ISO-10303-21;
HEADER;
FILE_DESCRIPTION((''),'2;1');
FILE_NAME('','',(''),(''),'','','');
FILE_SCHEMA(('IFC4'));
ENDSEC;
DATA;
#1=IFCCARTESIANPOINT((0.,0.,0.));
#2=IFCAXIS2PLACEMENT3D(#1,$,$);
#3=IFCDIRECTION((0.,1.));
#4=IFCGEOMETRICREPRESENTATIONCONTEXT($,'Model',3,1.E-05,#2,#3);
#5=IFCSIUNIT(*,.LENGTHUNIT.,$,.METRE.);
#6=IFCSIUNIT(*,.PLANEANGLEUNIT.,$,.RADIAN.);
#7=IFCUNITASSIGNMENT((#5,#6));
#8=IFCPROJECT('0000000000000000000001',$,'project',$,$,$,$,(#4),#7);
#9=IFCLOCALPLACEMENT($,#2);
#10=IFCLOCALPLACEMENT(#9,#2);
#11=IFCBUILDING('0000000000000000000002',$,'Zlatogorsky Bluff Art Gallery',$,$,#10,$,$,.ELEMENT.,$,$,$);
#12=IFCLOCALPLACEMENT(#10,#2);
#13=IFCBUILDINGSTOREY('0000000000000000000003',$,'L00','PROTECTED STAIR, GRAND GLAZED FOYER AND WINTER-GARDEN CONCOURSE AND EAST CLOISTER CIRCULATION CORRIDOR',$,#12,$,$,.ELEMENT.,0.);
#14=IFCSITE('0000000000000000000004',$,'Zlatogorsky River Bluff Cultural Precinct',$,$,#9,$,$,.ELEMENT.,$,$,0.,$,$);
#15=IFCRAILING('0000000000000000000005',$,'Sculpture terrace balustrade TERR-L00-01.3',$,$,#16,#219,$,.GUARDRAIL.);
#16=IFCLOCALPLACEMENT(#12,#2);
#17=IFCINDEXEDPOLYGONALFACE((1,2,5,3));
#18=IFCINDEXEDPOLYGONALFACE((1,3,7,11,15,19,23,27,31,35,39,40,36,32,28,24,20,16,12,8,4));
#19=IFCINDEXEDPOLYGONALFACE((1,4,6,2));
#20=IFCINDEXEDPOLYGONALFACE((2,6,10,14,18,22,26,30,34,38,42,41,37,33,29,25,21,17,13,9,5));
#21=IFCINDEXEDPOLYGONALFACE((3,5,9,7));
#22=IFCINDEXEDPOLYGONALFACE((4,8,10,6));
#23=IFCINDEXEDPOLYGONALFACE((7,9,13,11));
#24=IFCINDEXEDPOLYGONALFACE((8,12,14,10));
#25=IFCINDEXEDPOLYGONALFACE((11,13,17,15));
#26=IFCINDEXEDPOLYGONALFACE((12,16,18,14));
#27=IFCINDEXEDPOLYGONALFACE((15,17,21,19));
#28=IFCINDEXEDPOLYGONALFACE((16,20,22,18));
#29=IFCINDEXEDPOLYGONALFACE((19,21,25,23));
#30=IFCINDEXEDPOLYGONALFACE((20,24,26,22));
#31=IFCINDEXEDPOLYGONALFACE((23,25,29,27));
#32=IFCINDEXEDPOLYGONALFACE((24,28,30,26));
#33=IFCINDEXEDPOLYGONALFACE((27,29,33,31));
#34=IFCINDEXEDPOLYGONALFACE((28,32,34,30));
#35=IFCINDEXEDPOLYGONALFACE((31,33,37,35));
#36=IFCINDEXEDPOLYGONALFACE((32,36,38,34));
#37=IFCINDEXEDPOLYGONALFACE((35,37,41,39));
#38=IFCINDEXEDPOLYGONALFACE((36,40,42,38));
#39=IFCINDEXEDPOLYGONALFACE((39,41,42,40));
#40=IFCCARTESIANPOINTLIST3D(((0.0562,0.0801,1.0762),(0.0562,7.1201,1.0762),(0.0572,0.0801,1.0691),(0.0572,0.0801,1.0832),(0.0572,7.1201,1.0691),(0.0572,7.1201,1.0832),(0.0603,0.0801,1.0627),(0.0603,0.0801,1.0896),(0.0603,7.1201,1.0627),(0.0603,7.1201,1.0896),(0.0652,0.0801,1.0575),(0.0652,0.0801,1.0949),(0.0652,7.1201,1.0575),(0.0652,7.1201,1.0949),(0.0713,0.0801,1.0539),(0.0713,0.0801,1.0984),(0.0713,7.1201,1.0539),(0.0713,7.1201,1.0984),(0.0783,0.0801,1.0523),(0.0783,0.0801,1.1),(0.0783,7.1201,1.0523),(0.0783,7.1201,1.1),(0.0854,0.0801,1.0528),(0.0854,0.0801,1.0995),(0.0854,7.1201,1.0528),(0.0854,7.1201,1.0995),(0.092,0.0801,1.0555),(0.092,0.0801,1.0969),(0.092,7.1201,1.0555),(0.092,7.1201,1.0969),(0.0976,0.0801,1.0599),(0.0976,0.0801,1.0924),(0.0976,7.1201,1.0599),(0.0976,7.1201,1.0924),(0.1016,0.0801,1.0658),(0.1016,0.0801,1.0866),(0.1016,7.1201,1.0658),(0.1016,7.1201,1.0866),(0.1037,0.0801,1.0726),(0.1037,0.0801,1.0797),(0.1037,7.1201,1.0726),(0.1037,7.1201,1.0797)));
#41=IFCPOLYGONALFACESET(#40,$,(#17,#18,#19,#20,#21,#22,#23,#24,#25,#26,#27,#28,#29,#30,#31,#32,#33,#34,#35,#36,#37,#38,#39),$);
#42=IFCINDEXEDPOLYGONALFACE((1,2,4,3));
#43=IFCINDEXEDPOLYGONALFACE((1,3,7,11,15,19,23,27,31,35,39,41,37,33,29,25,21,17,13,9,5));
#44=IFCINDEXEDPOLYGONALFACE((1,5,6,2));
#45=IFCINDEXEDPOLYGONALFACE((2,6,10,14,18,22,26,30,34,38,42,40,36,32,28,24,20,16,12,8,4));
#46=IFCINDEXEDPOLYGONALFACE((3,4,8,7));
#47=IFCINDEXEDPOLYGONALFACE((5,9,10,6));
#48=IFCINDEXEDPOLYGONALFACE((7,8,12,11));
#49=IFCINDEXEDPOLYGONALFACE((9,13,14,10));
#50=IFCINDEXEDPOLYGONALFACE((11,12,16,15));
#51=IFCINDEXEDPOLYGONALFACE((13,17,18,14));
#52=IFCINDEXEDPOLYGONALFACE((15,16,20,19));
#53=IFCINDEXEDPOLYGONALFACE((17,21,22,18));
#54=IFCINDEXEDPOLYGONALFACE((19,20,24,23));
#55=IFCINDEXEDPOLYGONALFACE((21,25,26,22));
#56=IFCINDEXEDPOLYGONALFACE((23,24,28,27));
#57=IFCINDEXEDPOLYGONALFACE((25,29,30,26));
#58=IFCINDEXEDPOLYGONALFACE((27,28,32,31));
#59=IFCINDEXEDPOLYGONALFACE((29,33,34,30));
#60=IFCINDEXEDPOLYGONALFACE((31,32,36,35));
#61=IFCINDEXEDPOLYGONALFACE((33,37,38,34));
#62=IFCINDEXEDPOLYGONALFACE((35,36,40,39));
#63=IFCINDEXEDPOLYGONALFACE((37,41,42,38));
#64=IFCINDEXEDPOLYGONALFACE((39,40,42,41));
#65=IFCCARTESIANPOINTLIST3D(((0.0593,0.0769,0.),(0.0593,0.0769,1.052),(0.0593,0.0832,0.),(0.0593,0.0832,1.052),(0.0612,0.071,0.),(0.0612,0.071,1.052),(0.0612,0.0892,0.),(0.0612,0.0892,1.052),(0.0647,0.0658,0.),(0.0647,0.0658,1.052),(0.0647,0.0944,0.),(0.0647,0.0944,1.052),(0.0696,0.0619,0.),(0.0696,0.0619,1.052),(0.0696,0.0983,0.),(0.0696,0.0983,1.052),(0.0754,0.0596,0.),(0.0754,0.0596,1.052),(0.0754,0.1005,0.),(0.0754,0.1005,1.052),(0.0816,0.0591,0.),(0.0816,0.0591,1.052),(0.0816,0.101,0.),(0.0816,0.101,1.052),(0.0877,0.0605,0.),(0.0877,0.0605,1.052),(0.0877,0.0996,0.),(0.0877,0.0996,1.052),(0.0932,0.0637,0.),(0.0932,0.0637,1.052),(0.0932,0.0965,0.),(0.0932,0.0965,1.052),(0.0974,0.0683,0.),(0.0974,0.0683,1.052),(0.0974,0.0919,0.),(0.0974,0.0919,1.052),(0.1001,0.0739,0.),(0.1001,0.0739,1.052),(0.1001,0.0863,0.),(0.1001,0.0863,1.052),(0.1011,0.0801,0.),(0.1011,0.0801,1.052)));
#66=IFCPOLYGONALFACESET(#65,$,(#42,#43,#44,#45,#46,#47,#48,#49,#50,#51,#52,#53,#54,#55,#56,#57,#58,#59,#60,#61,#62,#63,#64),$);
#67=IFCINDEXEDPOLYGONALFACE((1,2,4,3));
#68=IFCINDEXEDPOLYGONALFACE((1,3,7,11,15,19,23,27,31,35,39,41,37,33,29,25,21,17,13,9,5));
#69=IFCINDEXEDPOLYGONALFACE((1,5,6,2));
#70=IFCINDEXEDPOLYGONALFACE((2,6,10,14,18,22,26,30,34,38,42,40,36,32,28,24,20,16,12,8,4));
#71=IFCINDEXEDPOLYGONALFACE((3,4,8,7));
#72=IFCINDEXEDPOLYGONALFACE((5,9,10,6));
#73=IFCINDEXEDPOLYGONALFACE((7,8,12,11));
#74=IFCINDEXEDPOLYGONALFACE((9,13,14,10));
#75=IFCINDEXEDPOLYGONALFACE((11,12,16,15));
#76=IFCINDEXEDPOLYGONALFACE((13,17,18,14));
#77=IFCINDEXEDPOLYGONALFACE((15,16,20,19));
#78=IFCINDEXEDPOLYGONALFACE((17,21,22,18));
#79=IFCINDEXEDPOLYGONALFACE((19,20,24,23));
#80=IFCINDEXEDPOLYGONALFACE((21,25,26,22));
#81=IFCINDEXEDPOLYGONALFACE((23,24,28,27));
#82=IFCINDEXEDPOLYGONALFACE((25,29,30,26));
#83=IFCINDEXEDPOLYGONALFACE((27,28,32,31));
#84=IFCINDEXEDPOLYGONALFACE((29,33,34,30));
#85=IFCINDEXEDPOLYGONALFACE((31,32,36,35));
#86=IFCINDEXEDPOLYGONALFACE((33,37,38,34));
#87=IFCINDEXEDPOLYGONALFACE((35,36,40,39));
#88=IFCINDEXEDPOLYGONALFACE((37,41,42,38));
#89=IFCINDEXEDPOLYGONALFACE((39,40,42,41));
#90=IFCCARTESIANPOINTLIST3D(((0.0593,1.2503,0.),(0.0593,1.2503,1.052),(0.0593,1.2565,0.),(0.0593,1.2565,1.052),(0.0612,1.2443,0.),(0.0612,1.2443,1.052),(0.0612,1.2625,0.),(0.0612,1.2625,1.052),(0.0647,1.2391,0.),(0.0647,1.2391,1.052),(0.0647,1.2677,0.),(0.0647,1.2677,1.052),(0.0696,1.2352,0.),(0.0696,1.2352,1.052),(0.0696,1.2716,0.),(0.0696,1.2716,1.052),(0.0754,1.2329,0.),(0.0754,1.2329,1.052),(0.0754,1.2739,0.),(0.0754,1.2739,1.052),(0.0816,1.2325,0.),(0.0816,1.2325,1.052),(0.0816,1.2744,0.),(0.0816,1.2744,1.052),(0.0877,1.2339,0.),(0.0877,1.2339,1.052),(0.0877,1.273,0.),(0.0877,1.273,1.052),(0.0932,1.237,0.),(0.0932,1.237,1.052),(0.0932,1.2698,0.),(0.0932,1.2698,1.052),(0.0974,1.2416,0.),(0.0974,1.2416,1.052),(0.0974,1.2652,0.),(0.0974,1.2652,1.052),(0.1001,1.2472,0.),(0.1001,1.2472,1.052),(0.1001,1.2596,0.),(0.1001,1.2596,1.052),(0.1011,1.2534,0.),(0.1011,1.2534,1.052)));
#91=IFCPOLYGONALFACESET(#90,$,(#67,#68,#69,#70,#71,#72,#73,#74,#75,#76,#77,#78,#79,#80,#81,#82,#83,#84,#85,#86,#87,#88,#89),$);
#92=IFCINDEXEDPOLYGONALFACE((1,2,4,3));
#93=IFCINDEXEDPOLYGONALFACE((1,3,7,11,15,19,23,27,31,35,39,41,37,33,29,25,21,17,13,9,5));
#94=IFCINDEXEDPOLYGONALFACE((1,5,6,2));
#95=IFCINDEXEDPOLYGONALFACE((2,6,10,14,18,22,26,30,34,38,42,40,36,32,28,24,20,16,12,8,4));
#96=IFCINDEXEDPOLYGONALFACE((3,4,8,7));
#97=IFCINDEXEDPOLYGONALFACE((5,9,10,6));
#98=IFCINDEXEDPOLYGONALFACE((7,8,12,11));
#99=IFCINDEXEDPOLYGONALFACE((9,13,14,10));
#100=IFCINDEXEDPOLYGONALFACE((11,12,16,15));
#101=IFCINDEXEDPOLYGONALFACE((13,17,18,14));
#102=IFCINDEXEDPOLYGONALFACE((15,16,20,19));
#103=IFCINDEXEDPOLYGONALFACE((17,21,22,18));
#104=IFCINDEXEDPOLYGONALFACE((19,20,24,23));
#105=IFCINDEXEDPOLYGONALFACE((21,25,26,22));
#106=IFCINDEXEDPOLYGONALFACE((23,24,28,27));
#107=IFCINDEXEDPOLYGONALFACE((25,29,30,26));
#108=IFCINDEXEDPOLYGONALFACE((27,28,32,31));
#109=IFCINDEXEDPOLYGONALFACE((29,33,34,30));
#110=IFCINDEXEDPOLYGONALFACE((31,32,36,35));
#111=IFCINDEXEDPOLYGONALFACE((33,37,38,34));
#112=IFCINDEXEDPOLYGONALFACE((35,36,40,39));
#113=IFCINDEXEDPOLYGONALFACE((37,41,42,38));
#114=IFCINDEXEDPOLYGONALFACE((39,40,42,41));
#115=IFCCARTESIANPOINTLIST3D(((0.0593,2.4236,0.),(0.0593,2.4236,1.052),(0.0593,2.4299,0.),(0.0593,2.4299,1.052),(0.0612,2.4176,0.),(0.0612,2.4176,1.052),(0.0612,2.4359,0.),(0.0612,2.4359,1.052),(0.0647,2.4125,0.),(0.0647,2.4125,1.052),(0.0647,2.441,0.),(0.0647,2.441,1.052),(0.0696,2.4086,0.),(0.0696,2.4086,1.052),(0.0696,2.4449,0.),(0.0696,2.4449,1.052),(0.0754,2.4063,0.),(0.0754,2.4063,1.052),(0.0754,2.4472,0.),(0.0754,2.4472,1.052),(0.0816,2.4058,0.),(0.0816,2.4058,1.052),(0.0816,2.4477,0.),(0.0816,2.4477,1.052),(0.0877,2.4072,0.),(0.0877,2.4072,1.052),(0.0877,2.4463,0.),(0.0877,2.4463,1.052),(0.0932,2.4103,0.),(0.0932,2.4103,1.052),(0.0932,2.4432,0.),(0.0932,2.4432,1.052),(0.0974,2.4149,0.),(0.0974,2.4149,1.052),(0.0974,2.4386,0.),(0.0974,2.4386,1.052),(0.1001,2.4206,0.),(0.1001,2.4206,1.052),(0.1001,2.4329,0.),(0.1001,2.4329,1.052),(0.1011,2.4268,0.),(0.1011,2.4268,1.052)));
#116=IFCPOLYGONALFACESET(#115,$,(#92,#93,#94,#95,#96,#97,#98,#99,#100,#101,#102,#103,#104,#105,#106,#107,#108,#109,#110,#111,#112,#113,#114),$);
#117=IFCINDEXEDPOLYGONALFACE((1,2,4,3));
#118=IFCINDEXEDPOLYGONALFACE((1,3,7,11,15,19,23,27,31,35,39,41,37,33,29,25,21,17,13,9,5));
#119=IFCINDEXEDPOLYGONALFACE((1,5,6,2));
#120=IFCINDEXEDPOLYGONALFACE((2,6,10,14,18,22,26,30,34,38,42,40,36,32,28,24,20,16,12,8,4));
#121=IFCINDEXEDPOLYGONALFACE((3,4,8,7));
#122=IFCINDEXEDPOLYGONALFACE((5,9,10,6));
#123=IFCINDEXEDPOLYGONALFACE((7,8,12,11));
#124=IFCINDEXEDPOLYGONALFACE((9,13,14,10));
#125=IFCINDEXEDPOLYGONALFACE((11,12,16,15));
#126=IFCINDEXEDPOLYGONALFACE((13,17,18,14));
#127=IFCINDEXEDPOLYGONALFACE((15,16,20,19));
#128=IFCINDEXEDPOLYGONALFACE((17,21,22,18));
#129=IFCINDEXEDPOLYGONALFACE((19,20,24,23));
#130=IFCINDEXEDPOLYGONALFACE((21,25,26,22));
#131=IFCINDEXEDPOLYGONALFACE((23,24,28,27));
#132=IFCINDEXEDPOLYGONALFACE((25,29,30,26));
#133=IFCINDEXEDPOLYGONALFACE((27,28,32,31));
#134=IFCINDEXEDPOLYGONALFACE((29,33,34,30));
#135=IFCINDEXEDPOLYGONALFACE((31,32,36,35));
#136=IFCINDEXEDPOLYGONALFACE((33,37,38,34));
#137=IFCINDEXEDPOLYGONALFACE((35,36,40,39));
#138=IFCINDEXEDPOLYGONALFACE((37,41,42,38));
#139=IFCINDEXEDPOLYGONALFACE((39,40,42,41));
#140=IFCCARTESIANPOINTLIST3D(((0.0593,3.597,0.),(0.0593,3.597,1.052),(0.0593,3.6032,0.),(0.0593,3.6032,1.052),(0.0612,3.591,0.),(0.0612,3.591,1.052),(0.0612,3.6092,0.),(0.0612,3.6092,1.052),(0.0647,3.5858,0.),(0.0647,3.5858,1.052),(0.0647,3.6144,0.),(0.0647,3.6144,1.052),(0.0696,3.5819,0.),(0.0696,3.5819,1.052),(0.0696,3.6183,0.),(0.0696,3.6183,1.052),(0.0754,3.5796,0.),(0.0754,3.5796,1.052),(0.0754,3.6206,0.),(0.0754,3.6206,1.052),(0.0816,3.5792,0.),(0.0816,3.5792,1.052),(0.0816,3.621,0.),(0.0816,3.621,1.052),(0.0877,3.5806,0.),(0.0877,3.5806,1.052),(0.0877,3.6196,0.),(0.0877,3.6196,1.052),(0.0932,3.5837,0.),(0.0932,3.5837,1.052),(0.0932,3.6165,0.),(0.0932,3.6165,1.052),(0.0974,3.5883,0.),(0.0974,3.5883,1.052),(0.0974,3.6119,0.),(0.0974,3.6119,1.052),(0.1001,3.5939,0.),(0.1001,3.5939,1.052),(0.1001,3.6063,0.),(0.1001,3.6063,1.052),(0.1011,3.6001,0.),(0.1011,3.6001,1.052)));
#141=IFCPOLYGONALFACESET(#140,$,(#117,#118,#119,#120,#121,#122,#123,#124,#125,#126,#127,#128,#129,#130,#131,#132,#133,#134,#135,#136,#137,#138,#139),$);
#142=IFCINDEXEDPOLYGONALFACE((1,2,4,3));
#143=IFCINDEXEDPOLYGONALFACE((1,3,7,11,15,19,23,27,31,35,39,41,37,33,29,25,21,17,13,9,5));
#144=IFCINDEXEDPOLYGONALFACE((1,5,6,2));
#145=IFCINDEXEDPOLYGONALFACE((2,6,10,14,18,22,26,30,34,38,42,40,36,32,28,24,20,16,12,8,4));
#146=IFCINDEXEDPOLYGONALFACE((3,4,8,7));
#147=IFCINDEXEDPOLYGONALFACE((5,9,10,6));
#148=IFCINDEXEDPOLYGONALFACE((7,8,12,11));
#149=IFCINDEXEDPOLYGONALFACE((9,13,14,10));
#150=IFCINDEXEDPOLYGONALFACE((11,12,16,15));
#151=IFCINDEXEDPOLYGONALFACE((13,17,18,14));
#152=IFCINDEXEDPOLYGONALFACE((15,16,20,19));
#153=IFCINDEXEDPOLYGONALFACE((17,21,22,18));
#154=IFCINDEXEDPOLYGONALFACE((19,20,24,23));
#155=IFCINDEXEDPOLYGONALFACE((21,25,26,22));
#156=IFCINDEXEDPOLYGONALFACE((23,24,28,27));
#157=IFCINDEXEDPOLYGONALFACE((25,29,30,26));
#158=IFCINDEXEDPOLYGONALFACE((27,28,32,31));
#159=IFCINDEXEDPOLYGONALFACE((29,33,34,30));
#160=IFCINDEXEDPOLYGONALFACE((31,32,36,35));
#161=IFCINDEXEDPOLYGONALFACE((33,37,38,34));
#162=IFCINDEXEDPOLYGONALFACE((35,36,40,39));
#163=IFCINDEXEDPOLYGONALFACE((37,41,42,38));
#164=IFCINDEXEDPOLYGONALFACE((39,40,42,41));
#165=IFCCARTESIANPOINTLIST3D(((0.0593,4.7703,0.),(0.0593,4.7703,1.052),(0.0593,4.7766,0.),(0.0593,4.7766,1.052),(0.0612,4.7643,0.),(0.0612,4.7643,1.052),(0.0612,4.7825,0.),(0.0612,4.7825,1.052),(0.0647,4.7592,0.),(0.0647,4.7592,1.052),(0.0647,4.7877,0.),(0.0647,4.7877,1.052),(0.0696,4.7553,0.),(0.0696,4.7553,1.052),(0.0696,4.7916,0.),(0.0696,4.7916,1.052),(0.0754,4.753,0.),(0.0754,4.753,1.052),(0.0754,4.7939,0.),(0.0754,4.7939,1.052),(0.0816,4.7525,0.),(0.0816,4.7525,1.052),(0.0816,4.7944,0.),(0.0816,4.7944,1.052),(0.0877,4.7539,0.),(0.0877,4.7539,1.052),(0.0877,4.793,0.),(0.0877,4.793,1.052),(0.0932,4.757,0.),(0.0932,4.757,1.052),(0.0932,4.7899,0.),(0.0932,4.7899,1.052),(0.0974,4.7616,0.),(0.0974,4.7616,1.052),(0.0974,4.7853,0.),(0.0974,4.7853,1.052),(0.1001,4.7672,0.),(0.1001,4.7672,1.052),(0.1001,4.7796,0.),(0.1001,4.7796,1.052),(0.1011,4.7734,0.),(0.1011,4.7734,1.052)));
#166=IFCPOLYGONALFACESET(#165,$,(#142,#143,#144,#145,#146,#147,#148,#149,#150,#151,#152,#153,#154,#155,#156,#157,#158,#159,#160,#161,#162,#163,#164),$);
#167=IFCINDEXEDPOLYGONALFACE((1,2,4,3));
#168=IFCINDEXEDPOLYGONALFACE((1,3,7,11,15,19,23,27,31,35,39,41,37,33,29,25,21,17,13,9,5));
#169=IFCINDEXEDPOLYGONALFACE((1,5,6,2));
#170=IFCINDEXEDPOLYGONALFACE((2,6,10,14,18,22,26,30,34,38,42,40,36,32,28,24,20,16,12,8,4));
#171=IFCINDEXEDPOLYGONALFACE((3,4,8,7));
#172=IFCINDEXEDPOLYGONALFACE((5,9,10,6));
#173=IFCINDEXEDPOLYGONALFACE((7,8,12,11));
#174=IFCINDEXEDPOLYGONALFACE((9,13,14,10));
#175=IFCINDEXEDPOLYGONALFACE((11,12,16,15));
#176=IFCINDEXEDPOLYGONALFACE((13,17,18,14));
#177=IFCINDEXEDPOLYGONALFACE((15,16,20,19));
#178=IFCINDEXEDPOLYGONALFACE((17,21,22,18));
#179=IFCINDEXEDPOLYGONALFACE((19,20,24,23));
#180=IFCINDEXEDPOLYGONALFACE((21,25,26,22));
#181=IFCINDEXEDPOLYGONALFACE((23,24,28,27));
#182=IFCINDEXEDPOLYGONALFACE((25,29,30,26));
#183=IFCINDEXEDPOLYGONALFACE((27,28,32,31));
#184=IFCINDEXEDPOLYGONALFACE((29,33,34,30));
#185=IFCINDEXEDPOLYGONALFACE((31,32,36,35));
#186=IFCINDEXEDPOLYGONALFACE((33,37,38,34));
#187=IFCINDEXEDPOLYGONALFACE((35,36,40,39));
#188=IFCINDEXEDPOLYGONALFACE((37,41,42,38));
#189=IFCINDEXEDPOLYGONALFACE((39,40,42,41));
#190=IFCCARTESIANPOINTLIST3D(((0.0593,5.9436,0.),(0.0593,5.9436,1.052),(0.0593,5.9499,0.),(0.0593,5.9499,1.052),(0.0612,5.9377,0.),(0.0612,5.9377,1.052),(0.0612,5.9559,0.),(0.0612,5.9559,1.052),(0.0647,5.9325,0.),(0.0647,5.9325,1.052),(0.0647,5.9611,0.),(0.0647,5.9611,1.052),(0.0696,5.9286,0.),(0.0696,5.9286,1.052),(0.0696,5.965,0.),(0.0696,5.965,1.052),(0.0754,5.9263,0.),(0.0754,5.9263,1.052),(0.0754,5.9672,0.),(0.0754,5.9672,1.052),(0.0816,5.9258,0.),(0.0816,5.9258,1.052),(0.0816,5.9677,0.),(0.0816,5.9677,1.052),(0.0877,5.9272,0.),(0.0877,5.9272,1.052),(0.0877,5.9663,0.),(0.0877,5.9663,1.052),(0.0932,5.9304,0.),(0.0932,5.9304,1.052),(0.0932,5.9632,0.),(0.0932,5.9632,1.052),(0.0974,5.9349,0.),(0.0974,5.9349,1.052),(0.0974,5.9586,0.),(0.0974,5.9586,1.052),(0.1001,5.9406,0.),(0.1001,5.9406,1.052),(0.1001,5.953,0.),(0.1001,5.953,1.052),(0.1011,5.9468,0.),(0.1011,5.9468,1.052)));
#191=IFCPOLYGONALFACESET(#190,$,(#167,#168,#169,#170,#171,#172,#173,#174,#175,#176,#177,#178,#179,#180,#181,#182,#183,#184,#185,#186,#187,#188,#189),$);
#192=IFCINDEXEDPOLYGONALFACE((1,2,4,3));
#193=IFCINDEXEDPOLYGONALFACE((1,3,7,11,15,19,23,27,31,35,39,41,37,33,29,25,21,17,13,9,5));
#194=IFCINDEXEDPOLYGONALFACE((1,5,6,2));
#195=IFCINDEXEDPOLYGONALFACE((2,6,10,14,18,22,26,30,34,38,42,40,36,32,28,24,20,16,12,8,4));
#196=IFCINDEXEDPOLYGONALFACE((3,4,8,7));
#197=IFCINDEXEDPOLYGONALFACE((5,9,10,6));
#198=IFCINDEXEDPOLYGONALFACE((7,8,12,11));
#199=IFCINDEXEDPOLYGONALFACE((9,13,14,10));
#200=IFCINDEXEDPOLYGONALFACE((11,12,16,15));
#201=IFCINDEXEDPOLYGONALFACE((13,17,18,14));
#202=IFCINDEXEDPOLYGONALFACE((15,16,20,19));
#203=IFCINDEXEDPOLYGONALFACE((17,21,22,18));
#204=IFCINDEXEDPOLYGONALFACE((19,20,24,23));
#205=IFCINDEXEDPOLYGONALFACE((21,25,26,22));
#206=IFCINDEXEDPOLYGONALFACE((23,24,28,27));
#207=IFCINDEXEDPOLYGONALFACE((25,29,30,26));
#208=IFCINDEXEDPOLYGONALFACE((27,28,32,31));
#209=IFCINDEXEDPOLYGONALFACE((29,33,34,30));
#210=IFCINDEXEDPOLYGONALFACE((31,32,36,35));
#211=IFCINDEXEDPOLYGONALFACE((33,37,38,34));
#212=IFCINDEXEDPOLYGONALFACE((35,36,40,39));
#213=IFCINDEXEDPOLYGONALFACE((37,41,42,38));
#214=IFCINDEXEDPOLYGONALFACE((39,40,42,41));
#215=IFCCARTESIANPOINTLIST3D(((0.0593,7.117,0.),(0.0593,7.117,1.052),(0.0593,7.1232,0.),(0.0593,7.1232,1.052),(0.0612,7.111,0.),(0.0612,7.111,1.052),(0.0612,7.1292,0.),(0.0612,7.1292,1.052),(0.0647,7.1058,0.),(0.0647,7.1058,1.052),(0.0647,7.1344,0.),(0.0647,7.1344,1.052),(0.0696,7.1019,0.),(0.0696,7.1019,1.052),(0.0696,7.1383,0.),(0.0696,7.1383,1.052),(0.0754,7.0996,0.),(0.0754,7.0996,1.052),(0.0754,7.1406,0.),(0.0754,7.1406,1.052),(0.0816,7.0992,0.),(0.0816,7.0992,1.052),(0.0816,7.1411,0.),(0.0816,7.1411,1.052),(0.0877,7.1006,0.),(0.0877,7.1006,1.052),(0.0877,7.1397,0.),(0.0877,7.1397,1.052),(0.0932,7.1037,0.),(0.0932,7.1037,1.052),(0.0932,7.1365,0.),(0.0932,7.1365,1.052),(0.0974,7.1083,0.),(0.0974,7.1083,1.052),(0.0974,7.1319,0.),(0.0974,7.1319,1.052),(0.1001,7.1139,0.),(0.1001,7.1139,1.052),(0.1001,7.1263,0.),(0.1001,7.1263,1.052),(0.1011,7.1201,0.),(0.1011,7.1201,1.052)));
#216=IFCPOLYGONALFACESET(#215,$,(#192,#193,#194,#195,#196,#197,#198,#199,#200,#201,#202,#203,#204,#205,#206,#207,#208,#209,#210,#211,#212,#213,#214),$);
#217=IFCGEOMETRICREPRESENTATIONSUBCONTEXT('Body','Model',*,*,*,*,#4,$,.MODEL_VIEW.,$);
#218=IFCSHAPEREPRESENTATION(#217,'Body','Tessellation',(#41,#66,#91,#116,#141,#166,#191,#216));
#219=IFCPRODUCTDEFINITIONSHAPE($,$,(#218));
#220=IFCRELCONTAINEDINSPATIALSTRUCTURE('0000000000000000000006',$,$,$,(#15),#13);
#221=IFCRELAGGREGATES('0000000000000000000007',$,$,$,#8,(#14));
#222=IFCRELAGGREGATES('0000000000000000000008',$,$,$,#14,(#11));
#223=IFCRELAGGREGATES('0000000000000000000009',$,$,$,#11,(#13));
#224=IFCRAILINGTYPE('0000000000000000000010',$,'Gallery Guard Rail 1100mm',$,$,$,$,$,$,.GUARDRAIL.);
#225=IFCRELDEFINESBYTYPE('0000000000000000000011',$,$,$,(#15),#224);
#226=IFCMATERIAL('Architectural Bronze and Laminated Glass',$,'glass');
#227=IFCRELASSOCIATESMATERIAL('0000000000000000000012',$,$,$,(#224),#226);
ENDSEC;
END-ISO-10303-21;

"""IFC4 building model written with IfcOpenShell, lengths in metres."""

from ifc_helpers import new_model, si_unit, direction, frame, origin, origin_2d, place, context, subcontext, project, spatial, circle, extrude, material, type_object, element, save


model = new_model("IFC4")

# Units and contexts
model_context = context("Model", 3, precision=1e-05, world=origin(), true_north=direction((0.0, 1.0)))
body_context = subcontext(model_context, "Body", "Model", "MODEL_VIEW")
ifc_project = project(units=[si_unit("LENGTHUNIT", "METRE"), si_unit("PLANEANGLEUNIT", "RADIAN")], contexts=[model_context])

# Site, building, storey
site_placement = place(None, origin())
site = spatial("IfcSite", under=ifc_project, at=site_placement, Name="Zlatogorsky River Bluff Cultural Precinct", CompositionType="ELEMENT", RefElevation=0.0)
building_placement = place(site_placement, origin())
building = spatial("IfcBuilding", under=site, at=building_placement, Name="Zlatogorsky Bluff Art Gallery", CompositionType="ELEMENT")
storey_placement = place(building_placement, origin())
storey = spatial("IfcBuildingStorey", under=building, at=storey_placement, Name="L00", Description="PROTECTED STAIR, GRAND GLAZED FOYER AND WINTER-GARDEN CONCOURSE AND EAST CLOISTER CIRCULATION CORRIDOR", CompositionType="ELEMENT", Elevation=0.0)

# Railing
ifc_material_1 = material(Name="Architectural Bronze and Laminated Glass", Category="glass")
railing_type = type_object("IfcRailingType", Name="Gallery Guard Rail 1100mm", PredefinedType="GUARDRAIL", material=ifc_material_1)
railing_placement = place(storey_placement, frame((0.0801, 0.0801, 0.0)))
element("IfcRailing", 1, at=railing_placement, inside=storey, type_object=railing_type, Name="Sculpture terrace balustrade TERR-L00-01.3", PredefinedType="GUARDRAIL", context=body_context, shape_type="SweptSolid", body=[
    extrude(circle(Radius=0.0239, at=origin_2d()), frame((0.0, 0.0, 1.0762), z_axis=(0.0, 1.0, 0.0), x_axis=(-1.0, 0.0, 0.0)), (0.0, 0.0, 1.0), 7.04),
    extrude(circle(Radius=0.021, at=origin_2d()), origin(), (0.0, 0.0, 1.0), 1.052),
    extrude(circle(Radius=0.021, at=origin_2d()), frame((0.0, 1.1733, 0.0)), (0.0, 0.0, 1.0), 1.052),
    extrude(circle(Radius=0.021, at=origin_2d()), frame((0.0, 2.3467, 0.0)), (0.0, 0.0, 1.0), 1.052),
    extrude(circle(Radius=0.021, at=origin_2d()), frame((0.0, 3.52, 0.0)), (0.0, 0.0, 1.0), 1.052),
    extrude(circle(Radius=0.021, at=origin_2d()), frame((0.0, 4.6934, 0.0)), (0.0, 0.0, 1.0), 1.052),
    extrude(circle(Radius=0.021, at=origin_2d()), frame((0.0, 5.8667, 0.0)), (0.0, 0.0, 1.0), 1.052),
    extrude(circle(Radius=0.021, at=origin_2d()), frame((0.0, 7.04, 0.0)), (0.0, 0.0, 1.0), 1.052),
])

save(model, "model.ifc")
